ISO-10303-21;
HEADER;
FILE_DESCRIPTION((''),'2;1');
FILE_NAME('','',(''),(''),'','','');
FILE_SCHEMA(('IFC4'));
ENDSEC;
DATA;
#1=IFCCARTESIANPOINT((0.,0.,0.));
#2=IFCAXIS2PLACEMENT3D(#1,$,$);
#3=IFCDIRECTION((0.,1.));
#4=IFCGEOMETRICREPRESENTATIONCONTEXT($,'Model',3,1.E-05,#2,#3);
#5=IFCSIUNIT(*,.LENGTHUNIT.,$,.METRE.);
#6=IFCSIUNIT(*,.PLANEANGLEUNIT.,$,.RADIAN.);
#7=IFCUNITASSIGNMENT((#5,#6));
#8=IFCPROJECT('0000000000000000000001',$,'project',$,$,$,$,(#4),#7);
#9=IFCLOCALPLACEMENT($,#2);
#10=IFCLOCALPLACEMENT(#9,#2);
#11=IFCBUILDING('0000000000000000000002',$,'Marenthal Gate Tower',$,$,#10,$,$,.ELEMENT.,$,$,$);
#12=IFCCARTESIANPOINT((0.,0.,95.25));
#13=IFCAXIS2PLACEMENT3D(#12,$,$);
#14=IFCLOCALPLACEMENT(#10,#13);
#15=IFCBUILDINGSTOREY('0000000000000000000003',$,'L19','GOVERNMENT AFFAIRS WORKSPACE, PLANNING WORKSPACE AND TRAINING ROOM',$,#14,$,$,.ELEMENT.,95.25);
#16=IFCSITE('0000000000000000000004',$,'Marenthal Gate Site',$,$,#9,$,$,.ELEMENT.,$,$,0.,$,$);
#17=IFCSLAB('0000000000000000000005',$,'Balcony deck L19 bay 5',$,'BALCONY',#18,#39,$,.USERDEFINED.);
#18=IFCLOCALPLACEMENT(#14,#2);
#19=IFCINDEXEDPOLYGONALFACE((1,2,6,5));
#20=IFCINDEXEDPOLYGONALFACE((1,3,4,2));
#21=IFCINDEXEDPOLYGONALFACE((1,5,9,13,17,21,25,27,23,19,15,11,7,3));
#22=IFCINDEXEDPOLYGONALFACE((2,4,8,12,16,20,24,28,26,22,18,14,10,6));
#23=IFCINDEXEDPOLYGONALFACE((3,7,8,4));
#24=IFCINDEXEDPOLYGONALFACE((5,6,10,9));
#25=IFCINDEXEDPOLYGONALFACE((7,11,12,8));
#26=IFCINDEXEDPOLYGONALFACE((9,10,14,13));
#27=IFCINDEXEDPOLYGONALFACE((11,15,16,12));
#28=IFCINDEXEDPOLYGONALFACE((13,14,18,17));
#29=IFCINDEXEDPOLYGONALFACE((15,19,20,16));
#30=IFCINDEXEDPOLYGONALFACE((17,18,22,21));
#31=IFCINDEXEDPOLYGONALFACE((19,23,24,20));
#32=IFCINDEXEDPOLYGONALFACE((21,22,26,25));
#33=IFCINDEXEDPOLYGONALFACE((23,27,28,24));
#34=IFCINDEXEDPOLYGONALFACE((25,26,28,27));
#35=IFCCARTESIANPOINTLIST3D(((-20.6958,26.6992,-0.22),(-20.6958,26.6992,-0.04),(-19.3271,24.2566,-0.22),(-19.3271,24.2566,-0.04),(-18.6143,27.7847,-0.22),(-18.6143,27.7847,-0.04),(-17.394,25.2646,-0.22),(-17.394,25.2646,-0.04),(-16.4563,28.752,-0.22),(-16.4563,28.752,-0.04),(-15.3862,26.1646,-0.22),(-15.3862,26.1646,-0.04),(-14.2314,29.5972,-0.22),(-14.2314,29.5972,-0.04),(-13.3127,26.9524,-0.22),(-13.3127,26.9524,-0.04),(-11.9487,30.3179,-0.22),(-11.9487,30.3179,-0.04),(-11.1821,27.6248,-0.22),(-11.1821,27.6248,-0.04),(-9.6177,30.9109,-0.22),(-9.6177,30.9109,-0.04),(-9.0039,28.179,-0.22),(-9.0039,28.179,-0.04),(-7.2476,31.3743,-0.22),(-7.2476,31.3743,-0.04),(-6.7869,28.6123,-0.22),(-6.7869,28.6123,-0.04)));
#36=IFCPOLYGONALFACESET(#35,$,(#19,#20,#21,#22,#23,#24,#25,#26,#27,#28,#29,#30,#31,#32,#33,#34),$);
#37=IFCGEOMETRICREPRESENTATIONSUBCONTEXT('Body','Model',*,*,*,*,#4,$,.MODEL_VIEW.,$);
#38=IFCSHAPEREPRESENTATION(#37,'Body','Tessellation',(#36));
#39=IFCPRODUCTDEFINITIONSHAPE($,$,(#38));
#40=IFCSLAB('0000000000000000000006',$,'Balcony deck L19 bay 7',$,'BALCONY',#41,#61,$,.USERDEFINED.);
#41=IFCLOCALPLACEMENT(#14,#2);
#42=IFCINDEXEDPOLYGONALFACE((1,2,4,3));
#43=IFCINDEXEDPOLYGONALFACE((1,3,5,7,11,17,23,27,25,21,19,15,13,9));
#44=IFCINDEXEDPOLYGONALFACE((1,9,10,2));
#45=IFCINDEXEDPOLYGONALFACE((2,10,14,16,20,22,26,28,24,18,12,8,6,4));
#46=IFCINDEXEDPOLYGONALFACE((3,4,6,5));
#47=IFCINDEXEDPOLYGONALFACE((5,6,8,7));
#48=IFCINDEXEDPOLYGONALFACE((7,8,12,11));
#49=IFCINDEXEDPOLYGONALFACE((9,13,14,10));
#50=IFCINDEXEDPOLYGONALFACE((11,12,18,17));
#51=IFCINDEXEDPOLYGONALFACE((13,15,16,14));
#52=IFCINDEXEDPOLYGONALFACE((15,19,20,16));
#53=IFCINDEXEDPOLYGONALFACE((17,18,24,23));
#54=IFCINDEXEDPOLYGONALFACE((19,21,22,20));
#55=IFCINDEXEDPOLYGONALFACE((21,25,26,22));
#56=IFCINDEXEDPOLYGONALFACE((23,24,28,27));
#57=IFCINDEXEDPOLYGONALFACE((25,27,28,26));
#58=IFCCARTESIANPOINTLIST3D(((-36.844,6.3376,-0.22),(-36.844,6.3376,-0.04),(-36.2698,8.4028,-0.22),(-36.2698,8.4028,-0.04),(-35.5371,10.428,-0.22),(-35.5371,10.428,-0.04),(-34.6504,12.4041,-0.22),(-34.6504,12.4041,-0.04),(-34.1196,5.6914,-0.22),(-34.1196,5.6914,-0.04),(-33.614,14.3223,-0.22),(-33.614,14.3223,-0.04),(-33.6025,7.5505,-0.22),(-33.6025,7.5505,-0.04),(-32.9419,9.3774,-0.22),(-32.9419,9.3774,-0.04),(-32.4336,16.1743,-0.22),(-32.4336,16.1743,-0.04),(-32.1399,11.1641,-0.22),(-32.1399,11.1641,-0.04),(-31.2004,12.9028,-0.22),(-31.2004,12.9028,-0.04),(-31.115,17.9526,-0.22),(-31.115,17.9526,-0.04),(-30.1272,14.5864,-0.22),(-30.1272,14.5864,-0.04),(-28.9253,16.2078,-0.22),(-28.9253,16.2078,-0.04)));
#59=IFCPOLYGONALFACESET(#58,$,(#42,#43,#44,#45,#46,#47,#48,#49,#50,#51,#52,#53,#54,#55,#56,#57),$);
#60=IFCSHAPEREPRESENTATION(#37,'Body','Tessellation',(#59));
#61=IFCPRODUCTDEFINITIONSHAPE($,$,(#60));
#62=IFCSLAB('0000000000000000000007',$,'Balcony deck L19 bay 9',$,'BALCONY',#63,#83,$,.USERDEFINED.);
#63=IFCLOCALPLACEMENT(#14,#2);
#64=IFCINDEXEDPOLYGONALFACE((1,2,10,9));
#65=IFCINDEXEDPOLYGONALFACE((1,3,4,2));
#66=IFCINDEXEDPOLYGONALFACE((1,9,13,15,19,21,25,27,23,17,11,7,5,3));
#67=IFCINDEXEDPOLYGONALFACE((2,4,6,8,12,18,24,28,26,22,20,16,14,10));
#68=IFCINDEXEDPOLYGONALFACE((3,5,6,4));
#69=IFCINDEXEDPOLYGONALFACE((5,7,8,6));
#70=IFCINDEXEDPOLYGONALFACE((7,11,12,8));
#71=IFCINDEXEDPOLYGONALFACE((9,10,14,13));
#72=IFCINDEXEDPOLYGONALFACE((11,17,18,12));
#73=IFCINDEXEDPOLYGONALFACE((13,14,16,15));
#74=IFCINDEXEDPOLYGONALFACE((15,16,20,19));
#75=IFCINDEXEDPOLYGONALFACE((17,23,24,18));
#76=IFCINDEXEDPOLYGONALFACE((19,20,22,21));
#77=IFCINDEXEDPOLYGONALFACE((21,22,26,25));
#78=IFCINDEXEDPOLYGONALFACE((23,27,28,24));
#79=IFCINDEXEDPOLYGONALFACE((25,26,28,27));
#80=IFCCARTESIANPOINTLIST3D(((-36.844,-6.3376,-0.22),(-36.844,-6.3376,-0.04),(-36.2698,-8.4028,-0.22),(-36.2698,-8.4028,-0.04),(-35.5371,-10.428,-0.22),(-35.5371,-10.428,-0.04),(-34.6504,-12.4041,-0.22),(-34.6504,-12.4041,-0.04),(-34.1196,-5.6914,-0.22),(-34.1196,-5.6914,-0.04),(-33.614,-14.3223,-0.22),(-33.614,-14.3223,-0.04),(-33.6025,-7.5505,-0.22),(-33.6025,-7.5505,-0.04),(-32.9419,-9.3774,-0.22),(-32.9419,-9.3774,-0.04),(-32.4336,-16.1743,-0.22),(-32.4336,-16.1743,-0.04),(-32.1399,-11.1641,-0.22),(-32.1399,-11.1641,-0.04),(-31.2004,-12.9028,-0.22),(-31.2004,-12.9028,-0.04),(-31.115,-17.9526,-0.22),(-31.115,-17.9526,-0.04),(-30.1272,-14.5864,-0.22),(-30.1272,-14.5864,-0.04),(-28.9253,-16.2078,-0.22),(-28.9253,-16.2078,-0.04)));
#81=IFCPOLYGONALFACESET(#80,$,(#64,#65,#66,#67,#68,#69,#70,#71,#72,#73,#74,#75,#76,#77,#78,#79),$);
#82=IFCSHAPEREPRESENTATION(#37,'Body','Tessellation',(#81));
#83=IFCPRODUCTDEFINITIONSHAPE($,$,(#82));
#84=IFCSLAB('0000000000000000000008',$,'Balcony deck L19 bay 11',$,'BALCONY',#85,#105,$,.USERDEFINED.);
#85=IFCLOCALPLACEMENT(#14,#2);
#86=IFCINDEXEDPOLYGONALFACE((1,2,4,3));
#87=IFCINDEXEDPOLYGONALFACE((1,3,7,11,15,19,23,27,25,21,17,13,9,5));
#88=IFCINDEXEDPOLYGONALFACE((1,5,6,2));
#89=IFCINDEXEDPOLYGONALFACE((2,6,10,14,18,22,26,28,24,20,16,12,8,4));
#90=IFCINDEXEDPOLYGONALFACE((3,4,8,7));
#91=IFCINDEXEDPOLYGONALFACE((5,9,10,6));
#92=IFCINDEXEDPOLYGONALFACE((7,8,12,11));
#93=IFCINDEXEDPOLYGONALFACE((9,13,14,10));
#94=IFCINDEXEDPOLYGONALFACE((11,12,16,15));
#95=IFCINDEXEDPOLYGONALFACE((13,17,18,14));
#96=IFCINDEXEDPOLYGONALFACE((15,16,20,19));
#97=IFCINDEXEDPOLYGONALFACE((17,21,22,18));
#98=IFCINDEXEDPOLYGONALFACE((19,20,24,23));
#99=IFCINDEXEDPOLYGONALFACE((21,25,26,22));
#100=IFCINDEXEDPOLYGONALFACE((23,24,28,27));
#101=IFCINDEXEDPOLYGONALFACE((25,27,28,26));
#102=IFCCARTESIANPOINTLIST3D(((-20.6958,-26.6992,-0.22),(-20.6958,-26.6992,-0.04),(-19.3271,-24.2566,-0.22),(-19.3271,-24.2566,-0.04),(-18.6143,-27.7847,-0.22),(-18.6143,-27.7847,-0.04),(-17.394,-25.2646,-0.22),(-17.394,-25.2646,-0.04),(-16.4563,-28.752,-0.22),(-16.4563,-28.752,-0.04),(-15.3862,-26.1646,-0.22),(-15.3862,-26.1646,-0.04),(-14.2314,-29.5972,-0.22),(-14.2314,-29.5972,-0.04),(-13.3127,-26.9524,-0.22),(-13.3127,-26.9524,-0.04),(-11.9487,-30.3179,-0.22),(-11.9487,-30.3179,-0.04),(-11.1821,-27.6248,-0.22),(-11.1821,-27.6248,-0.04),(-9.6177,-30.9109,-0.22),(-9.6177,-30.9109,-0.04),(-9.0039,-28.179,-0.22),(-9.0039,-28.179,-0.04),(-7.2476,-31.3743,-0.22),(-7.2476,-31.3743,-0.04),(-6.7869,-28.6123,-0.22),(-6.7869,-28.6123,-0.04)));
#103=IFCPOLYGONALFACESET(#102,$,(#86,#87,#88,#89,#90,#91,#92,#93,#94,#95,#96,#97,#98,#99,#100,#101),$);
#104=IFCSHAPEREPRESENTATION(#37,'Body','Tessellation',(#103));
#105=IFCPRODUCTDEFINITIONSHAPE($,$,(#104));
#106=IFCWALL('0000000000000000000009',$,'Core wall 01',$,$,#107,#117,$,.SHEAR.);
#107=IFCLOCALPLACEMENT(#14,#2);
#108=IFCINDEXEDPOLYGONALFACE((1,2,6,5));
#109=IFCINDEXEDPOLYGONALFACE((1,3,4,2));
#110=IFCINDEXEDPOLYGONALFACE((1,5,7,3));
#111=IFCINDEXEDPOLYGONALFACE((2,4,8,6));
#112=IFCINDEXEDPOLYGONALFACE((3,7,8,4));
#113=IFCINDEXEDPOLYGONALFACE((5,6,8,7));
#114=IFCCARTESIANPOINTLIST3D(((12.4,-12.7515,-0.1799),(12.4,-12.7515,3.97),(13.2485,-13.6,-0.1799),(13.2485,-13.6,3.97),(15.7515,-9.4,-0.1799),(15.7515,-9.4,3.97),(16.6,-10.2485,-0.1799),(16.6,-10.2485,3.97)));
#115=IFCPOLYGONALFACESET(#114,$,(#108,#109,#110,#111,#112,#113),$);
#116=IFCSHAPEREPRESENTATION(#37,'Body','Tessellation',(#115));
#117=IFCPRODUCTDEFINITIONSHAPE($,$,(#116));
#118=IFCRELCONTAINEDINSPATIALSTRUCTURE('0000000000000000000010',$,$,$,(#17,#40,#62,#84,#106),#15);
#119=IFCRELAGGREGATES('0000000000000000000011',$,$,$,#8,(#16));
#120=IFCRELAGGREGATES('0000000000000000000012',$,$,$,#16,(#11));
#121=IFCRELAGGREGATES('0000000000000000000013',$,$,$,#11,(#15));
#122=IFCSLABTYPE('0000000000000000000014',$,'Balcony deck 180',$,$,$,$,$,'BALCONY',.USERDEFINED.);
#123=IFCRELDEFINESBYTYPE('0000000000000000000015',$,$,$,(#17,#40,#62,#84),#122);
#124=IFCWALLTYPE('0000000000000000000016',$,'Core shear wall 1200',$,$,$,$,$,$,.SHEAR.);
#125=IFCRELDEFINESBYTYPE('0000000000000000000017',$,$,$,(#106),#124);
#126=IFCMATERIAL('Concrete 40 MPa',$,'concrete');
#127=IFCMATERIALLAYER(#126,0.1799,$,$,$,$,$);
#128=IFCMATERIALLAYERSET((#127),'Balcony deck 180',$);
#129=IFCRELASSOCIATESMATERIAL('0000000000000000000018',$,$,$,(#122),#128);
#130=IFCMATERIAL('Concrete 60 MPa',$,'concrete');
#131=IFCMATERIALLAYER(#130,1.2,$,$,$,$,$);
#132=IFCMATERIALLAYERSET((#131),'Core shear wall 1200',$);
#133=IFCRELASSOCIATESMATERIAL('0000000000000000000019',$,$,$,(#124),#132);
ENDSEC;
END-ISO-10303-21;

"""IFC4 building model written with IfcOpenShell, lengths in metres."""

from ifc_helpers import new_model, si_unit, direction, frame, frame_2d, origin, place, context, subcontext, project, spatial, polyline, rectangle, outline, extrude, material, layer, layer_set, type_object, element, save


model = new_model("IFC4")

# Units and contexts
model_context = context("Model", 3, precision=1e-05, world=origin(), true_north=direction((0.0, 1.0)))
body_context = subcontext(model_context, "Body", "Model", "MODEL_VIEW")
ifc_project = project(units=[si_unit("LENGTHUNIT", "METRE"), si_unit("PLANEANGLEUNIT", "RADIAN")], contexts=[model_context])

# Site, building, storey
site_placement = place(None, origin())
site = spatial("IfcSite", under=ifc_project, at=site_placement, Name="Marenthal Gate Site", CompositionType="ELEMENT", RefElevation=0.0)
building_placement = place(site_placement, origin())
building = spatial("IfcBuilding", under=site, at=building_placement, Name="Marenthal Gate Tower", CompositionType="ELEMENT")
storey_placement = place(building_placement, frame((0.0, 0.0, 95.25)))
storey = spatial("IfcBuildingStorey", under=building, at=storey_placement, Name="L19", Description="GOVERNMENT AFFAIRS WORKSPACE, PLANNING WORKSPACE AND TRAINING ROOM", CompositionType="ELEMENT", Elevation=95.25)

# Slabs
ifc_material_1 = material(Name="Concrete 40 MPa", Category="concrete")
ifc_layer_1 = layer(ifc_material_1, 0.1799)
ifc_layer_set_1 = layer_set([ifc_layer_1], Name="Balcony deck 180")
slab_type = type_object("IfcSlabType", Name="Balcony deck 180", ElementType="BALCONY", PredefinedType="USERDEFINED", material=ifc_layer_set_1)
slab_1_placement = place(storey_placement, frame((0.0, 0.0, -0.22)))
element("IfcSlab", 1, at=slab_1_placement, inside=storey, type_object=slab_type, Name="Balcony deck L19 bay 5", ObjectType="BALCONY", PredefinedType="USERDEFINED", context=body_context, shape_type="SweptSolid", body=[
    extrude(outline(polyline([(-6.7869, 28.6123), (-9.0039, 28.179), (-11.1821, 27.6248), (-13.3127, 26.9524), (-15.3862, 26.1646), (-17.394, 25.2646), (-19.3271, 24.2566), (-20.6958, 26.6992), (-18.6143, 27.7847), (-16.4563, 28.752), (-14.2314, 29.5972), (-11.9487, 30.3179), (-9.6177, 30.9109), (-7.2476, 31.3743), (-6.7869, 28.6123)])), origin(), (0.0, 0.0, 1.0), 0.1799),
])
slab_2_placement = place(storey_placement, frame((0.0, 0.0, -0.22)))
element("IfcSlab", 2, at=slab_2_placement, inside=storey, type_object=slab_type, Name="Balcony deck L19 bay 7", ObjectType="BALCONY", PredefinedType="USERDEFINED", context=body_context, shape_type="SweptSolid", body=[
    extrude(outline(polyline([(-28.9253, 16.2078), (-30.1272, 14.5864), (-31.2004, 12.9028), (-32.1399, 11.1641), (-32.9419, 9.3774), (-33.6025, 7.5505), (-34.1196, 5.6914), (-36.844, 6.3376), (-36.2698, 8.4028), (-35.5371, 10.428), (-34.6504, 12.4041), (-33.614, 14.3223), (-32.4336, 16.1743), (-31.115, 17.9526), (-28.9253, 16.2078)])), origin(), (0.0, 0.0, 1.0), 0.1799),
])
slab_3_placement = place(storey_placement, frame((0.0, 0.0, -0.22)))
element("IfcSlab", 3, at=slab_3_placement, inside=storey, type_object=slab_type, Name="Balcony deck L19 bay 9", ObjectType="BALCONY", PredefinedType="USERDEFINED", context=body_context, shape_type="SweptSolid", body=[
    extrude(outline(polyline([(-34.1196, -5.6914), (-33.6025, -7.5505), (-32.9419, -9.3774), (-32.1399, -11.1641), (-31.2004, -12.9028), (-30.1272, -14.5864), (-28.9253, -16.2078), (-31.115, -17.9526), (-32.4336, -16.1743), (-33.614, -14.3223), (-34.6504, -12.4041), (-35.5371, -10.428), (-36.2698, -8.4028), (-36.844, -6.3376), (-34.1196, -5.6914)])), origin(), (0.0, 0.0, 1.0), 0.1799),
])
slab_4_placement = place(storey_placement, frame((0.0, 0.0, -0.22)))
element("IfcSlab", 4, at=slab_4_placement, inside=storey, type_object=slab_type, Name="Balcony deck L19 bay 11", ObjectType="BALCONY", PredefinedType="USERDEFINED", context=body_context, shape_type="SweptSolid", body=[
    extrude(outline(polyline([(-19.3271, -24.2566), (-17.394, -25.2646), (-15.3862, -26.1646), (-13.3127, -26.9524), (-11.1821, -27.6248), (-9.0039, -28.179), (-6.7869, -28.6123), (-7.2476, -31.3743), (-9.6177, -30.9109), (-11.9487, -30.3179), (-14.2314, -29.5972), (-16.4563, -28.752), (-18.6143, -27.7847), (-20.6958, -26.6992), (-19.3271, -24.2566)])), origin(), (0.0, 0.0, 1.0), 0.1799),
])

# Wall
ifc_material_2 = material(Name="Concrete 60 MPa", Category="concrete")
ifc_layer_2 = layer(ifc_material_2, 1.2)
ifc_layer_set_2 = layer_set([ifc_layer_2], Name="Core shear wall 1200")
wall_type_1 = type_object("IfcWallType", Name="Core shear wall 1200", PredefinedType="SHEAR", material=ifc_layer_set_2)
wall_1_placement = place(storey_placement, frame((12.8242, -13.1758, -0.1799), z_axis=(0.0, 0.0, 1.0), x_axis=(0.707107, 0.707107, 0.0)))
element("IfcWall", 5, at=wall_1_placement, inside=storey, type_object=wall_type_1, Name="Core wall 01", PredefinedType="SHEAR", context=body_context, shape_type="SweptSolid", body=[
    extrude(rectangle(XDim=4.7397, YDim=1.2, at=frame_2d((2.3699, 0.0))), origin(), (0.0, 0.0, 1.0), 4.1499),
])

save(model, "model.ifc")
